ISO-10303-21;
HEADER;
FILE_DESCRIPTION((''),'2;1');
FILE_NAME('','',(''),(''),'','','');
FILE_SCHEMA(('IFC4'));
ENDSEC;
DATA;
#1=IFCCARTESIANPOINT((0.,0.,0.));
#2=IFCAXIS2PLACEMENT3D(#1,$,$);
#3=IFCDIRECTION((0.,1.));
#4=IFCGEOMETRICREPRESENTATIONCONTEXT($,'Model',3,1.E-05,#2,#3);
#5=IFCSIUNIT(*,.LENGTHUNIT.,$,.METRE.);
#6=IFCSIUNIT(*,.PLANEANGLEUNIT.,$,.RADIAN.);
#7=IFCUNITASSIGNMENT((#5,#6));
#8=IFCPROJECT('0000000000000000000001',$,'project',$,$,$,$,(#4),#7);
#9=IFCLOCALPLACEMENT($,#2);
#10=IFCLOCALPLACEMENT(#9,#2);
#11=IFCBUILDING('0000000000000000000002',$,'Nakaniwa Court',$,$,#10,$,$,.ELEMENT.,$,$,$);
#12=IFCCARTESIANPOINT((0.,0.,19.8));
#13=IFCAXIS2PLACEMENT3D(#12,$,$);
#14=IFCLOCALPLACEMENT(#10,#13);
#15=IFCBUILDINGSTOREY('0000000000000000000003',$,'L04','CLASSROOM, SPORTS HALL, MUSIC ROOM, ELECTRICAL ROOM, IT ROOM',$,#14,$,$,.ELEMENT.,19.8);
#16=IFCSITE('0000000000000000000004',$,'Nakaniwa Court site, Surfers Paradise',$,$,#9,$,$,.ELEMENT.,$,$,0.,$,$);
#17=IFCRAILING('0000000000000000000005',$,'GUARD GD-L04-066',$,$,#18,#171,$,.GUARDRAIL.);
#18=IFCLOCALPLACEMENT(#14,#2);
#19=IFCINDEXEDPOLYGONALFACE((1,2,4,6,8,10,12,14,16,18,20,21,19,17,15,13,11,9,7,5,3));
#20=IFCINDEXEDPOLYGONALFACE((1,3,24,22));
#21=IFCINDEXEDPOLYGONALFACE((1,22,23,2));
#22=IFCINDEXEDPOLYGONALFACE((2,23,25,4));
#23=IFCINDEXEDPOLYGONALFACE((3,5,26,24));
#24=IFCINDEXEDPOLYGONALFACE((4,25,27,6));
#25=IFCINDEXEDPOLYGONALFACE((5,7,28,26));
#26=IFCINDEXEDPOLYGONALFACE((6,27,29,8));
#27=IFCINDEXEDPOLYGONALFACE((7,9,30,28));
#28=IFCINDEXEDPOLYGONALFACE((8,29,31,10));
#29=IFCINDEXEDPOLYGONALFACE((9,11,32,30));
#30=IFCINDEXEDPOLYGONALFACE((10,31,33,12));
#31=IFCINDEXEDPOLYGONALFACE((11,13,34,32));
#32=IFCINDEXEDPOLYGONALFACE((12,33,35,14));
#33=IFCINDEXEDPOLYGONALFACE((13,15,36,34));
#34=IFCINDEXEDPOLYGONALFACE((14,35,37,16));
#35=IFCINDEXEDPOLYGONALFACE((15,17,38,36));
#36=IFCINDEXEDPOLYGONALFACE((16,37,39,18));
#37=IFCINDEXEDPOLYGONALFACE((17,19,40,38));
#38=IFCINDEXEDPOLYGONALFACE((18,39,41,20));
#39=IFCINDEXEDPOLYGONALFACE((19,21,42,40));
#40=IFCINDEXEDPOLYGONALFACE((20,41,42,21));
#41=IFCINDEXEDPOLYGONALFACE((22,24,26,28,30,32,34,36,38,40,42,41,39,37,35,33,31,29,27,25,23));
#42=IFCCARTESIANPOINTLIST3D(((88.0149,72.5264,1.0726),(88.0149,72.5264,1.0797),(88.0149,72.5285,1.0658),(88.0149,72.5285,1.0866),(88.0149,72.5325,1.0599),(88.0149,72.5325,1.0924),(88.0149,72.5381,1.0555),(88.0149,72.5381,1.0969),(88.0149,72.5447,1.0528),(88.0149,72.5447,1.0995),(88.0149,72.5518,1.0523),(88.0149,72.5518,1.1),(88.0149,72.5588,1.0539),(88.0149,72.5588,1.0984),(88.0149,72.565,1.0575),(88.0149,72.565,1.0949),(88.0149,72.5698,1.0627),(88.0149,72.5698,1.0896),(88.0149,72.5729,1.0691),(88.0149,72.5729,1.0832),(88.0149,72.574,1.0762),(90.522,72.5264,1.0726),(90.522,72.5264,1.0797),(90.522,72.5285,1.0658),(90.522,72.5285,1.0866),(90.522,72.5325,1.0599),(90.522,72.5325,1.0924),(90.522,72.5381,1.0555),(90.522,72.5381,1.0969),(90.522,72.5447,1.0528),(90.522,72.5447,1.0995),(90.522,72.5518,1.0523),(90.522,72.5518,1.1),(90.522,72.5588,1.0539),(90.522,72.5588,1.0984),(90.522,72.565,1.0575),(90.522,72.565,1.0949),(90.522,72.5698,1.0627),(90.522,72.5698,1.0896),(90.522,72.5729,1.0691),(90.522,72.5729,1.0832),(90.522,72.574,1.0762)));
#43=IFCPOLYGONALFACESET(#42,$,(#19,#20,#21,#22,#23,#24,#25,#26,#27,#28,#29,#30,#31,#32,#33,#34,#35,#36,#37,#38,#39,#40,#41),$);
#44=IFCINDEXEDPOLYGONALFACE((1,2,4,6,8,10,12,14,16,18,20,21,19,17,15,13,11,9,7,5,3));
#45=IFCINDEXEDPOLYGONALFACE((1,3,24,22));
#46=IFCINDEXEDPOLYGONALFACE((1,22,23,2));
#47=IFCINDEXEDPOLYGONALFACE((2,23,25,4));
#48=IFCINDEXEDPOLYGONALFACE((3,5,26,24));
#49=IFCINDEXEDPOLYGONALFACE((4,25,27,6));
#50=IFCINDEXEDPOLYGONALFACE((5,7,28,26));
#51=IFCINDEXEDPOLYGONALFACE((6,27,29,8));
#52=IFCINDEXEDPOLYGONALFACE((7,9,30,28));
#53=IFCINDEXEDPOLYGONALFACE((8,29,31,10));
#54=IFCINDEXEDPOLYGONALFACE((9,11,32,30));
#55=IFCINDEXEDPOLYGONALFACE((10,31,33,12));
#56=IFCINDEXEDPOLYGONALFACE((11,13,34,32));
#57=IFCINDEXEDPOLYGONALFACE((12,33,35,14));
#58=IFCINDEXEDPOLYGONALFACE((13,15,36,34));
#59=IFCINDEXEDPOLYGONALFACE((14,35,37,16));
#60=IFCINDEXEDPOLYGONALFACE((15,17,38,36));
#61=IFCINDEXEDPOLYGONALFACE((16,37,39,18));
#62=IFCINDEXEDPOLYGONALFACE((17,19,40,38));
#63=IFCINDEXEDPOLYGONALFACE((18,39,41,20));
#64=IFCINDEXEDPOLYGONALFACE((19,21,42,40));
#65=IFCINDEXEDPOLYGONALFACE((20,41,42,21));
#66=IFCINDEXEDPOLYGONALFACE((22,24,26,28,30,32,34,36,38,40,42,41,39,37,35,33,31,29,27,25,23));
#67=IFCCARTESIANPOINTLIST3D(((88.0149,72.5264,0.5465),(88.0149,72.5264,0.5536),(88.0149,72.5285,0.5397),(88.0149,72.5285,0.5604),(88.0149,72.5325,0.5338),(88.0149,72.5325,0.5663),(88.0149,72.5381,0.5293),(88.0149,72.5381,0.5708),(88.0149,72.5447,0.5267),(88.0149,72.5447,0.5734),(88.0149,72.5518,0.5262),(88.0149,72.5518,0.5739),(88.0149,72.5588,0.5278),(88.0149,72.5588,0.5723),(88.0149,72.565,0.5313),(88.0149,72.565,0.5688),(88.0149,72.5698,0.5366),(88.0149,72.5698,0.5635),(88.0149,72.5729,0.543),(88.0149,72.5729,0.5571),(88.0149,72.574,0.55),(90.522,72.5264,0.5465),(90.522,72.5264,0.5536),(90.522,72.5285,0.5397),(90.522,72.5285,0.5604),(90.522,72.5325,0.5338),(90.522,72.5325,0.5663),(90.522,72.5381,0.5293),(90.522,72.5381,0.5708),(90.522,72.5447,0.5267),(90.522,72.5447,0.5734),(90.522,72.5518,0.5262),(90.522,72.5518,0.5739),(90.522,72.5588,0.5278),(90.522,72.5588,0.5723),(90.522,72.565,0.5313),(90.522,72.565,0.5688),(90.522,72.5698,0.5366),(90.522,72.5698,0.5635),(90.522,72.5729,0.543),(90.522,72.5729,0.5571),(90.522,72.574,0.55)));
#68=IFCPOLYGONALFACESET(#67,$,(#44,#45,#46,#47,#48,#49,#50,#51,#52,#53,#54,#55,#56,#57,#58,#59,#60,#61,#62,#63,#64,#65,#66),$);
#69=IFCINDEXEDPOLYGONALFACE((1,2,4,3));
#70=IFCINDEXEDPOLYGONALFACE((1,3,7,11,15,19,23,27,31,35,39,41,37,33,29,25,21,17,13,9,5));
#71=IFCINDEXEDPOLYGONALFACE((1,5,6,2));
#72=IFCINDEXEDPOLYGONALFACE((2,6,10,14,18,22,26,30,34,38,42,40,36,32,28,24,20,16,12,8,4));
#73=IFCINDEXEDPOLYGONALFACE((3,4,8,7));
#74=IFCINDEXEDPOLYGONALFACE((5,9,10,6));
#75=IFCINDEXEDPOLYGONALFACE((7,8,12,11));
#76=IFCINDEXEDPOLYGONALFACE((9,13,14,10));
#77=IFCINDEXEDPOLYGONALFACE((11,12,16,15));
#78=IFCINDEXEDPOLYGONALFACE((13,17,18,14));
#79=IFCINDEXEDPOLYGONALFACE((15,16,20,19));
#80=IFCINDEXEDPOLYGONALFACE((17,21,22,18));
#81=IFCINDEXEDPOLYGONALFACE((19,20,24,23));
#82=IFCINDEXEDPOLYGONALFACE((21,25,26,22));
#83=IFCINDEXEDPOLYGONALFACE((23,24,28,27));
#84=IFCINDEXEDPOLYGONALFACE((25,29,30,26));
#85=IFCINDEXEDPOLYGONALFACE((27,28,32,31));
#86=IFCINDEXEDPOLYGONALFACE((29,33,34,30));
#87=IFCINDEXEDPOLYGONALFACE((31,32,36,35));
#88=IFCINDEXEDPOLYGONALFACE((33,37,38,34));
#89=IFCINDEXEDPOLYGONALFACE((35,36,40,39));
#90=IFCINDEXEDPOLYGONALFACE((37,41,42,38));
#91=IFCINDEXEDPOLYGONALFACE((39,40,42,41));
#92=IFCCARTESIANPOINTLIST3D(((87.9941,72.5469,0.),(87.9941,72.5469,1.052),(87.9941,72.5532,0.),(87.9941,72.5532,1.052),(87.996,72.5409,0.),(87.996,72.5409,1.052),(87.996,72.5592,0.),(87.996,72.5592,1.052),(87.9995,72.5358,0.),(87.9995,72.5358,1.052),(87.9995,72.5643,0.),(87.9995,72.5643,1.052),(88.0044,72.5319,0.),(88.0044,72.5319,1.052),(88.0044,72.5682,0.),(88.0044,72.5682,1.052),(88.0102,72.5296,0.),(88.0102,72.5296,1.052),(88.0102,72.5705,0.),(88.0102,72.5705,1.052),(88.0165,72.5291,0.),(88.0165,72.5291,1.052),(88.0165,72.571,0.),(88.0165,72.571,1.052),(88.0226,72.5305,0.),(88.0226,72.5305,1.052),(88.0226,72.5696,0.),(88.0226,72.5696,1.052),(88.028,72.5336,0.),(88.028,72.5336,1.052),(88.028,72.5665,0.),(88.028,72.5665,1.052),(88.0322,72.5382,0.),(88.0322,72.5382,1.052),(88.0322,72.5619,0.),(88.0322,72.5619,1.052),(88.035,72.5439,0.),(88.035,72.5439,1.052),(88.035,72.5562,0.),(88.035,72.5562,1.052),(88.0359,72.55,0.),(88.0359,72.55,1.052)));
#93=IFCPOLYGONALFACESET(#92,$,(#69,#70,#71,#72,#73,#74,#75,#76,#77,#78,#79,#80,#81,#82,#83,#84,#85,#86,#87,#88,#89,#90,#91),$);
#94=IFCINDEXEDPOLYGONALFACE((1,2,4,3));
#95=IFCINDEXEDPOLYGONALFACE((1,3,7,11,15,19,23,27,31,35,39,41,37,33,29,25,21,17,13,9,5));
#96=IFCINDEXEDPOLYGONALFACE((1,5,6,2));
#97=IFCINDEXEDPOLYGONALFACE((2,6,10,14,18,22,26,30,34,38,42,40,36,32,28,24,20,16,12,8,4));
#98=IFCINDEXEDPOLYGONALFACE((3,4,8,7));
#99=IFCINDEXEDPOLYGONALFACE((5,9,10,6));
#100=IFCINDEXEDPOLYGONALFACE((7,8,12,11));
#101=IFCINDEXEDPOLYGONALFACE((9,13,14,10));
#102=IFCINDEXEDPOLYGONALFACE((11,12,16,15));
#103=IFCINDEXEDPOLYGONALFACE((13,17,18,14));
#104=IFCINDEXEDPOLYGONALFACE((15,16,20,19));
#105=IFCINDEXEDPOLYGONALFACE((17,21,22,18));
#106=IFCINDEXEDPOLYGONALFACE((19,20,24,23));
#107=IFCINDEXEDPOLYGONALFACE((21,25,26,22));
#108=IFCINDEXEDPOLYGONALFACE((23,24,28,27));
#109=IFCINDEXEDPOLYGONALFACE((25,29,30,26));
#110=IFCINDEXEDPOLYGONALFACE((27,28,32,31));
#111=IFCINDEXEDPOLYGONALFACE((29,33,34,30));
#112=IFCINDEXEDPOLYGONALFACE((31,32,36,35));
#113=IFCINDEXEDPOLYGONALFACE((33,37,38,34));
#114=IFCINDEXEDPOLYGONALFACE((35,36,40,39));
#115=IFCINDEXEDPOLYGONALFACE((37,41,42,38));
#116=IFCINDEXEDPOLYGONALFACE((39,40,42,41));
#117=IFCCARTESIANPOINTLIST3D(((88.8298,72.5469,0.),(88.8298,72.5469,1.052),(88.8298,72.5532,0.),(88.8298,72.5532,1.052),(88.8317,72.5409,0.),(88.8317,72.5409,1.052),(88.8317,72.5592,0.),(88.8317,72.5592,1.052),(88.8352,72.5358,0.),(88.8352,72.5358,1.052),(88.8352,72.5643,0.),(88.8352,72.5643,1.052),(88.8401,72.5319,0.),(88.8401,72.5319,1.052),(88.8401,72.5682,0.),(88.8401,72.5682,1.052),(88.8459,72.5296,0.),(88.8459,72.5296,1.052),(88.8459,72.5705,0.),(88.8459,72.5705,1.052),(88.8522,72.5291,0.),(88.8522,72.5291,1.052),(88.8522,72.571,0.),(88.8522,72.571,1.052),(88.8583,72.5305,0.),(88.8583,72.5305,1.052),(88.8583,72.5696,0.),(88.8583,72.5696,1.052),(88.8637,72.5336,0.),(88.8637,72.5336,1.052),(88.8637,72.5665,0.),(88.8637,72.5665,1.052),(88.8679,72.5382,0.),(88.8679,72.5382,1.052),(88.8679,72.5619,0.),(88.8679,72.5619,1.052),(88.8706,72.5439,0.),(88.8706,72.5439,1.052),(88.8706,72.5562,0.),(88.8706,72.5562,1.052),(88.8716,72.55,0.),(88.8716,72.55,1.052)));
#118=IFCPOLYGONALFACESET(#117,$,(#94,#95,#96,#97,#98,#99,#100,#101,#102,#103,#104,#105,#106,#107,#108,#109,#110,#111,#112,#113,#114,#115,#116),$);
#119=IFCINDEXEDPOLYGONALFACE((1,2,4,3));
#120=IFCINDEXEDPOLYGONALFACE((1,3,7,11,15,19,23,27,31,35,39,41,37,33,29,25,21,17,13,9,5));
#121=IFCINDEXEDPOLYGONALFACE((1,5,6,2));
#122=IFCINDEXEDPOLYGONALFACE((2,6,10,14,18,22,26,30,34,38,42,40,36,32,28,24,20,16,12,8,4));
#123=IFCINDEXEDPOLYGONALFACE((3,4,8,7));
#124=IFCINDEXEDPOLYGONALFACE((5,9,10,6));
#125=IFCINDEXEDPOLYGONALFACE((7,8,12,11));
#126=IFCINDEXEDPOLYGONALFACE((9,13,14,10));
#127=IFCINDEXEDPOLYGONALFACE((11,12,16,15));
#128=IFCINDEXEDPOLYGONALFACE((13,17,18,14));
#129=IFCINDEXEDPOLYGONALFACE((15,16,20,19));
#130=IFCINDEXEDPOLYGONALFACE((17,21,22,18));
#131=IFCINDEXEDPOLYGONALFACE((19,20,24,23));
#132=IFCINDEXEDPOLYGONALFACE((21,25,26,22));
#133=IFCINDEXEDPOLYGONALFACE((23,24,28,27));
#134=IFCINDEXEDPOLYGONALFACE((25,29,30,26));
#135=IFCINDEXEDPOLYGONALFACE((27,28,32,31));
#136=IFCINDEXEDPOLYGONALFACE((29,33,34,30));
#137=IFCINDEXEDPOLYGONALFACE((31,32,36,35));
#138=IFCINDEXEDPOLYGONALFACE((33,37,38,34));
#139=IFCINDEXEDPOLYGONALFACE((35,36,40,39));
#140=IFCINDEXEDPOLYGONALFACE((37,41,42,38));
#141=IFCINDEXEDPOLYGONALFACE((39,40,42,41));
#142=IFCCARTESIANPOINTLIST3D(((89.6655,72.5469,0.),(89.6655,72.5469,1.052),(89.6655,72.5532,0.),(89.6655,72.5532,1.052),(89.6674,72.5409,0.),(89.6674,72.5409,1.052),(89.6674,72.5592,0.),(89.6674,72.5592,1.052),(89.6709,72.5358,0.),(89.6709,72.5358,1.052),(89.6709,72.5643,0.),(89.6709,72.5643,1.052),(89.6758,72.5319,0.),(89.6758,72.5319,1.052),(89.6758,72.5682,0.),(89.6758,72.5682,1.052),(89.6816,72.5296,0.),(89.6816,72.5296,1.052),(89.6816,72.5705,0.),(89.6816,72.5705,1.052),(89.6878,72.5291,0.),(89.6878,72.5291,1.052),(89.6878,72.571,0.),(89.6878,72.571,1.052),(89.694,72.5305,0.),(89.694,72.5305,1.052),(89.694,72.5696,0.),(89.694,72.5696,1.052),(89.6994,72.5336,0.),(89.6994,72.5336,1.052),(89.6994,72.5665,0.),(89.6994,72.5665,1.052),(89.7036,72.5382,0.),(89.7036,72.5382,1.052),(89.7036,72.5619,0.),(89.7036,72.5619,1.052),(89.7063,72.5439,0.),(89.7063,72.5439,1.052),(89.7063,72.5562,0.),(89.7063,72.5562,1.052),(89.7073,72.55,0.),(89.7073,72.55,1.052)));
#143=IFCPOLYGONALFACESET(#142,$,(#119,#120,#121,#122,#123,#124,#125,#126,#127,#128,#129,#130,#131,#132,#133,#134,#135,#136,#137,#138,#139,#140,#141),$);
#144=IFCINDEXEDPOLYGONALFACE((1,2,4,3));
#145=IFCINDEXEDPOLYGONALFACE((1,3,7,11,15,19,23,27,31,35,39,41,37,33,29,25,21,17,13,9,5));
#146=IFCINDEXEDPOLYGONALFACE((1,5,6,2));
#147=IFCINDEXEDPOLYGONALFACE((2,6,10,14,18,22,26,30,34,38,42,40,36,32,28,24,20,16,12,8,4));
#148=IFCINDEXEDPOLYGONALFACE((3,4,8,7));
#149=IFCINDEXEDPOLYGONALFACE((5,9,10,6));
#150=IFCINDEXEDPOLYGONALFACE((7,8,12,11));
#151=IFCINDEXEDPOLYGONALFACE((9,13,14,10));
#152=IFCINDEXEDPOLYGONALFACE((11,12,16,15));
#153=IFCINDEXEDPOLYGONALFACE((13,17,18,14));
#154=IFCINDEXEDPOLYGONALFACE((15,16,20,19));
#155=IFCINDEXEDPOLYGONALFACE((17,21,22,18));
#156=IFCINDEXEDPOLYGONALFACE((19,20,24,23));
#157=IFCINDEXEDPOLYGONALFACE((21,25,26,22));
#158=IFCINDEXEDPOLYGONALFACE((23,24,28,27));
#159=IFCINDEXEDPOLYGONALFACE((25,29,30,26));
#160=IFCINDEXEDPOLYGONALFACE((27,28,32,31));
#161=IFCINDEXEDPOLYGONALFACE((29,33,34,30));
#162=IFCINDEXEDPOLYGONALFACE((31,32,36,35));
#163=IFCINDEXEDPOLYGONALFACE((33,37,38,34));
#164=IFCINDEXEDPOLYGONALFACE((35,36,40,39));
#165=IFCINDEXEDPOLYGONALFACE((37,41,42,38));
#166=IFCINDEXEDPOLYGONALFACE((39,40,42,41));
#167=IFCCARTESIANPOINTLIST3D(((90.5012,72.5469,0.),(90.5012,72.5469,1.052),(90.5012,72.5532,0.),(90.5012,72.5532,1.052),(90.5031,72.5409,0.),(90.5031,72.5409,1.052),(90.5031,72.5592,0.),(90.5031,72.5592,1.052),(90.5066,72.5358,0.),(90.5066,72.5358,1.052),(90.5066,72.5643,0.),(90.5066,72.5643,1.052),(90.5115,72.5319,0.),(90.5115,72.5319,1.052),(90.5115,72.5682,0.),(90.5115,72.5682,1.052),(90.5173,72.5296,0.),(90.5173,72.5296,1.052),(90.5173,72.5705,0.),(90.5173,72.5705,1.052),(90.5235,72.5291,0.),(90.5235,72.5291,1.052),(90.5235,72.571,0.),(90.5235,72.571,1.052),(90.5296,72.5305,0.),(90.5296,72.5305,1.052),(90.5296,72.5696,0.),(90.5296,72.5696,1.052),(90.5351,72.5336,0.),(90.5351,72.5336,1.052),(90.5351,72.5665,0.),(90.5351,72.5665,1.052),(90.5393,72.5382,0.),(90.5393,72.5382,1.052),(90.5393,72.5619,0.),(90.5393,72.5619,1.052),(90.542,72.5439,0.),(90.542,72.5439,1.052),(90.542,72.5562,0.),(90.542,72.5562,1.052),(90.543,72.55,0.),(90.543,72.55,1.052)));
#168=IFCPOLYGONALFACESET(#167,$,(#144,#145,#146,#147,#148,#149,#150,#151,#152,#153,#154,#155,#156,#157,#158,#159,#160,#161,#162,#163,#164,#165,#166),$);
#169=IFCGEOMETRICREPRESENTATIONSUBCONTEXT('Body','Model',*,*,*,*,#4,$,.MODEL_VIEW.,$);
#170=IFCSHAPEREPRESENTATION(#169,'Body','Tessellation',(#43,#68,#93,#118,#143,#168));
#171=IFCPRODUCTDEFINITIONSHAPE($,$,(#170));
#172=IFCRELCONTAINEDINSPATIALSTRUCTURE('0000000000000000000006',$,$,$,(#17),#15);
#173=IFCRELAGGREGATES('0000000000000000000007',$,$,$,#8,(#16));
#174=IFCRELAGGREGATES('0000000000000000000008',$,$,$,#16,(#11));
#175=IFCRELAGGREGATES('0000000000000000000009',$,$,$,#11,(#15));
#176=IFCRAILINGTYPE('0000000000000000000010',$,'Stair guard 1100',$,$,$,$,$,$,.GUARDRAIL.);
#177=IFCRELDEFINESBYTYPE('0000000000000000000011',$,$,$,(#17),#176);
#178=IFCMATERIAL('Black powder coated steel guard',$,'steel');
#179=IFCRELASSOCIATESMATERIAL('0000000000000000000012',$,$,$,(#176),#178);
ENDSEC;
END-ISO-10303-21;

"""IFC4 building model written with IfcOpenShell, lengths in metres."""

from ifc_helpers import new_model, si_unit, direction, frame, origin, origin_2d, place, context, subcontext, project, spatial, circle, extrude, material, type_object, element, save


model = new_model("IFC4")

# Units and contexts
model_context = context("Model", 3, precision=1e-05, world=origin(), true_north=direction((0.0, 1.0)))
body_context = subcontext(model_context, "Body", "Model", "MODEL_VIEW")
ifc_project = project(units=[si_unit("LENGTHUNIT", "METRE"), si_unit("PLANEANGLEUNIT", "RADIAN")], contexts=[model_context])

# Site, building, storey
site_placement = place(None, origin())
site = spatial("IfcSite", under=ifc_project, at=site_placement, Name="Nakaniwa Court site, Surfers Paradise", CompositionType="ELEMENT", RefElevation=0.0)
building_placement = place(site_placement, origin())
building = spatial("IfcBuilding", under=site, at=building_placement, Name="Nakaniwa Court", CompositionType="ELEMENT")
storey_placement = place(building_placement, frame((0.0, 0.0, 19.8)))
storey = spatial("IfcBuildingStorey", under=building, at=storey_placement, Name="L04", Description="CLASSROOM, SPORTS HALL, MUSIC ROOM, ELECTRICAL ROOM, IT ROOM", CompositionType="ELEMENT", Elevation=19.8)

# Railing
ifc_material_1 = material(Name="Black powder coated steel guard", Category="steel")
railing_type = type_object("IfcRailingType", Name="Stair guard 1100", PredefinedType="GUARDRAIL", material=ifc_material_1)
railing_1_placement = place(storey_placement, frame((88.0149, 72.55, 0.0)))
element("IfcRailing", 1, at=railing_1_placement, inside=storey, type_object=railing_type, Name="GUARD GD-L04-066", PredefinedType="GUARDRAIL", context=body_context, shape_type="SweptSolid", body=[
    extrude(circle(Radius=0.0239, at=origin_2d()), frame((0.0, 0.0, 1.0762), z_axis=(1.0, 0.0, 0.0), x_axis=(0.0, 1.0, 0.0)), (0.0, 0.0, 1.0), 2.5071),
    extrude(circle(Radius=0.0239, at=origin_2d()), frame((0.0, 0.0, 0.55), z_axis=(1.0, 0.0, 0.0), x_axis=(0.0, 1.0, 0.0)), (0.0, 0.0, 1.0), 2.5071),
    extrude(circle(Radius=0.021, at=origin_2d()), origin(), (0.0, 0.0, 1.0), 1.052),
    extrude(circle(Radius=0.021, at=origin_2d()), frame((0.8357, 0.0, 0.0)), (0.0, 0.0, 1.0), 1.052),
    extrude(circle(Radius=0.021, at=origin_2d()), frame((1.6714, 0.0, 0.0)), (0.0, 0.0, 1.0), 1.052),
    extrude(circle(Radius=0.021, at=origin_2d()), frame((2.5071, 0.0, 0.0)), (0.0, 0.0, 1.0), 1.052),
])

save(model, "model.ifc")
